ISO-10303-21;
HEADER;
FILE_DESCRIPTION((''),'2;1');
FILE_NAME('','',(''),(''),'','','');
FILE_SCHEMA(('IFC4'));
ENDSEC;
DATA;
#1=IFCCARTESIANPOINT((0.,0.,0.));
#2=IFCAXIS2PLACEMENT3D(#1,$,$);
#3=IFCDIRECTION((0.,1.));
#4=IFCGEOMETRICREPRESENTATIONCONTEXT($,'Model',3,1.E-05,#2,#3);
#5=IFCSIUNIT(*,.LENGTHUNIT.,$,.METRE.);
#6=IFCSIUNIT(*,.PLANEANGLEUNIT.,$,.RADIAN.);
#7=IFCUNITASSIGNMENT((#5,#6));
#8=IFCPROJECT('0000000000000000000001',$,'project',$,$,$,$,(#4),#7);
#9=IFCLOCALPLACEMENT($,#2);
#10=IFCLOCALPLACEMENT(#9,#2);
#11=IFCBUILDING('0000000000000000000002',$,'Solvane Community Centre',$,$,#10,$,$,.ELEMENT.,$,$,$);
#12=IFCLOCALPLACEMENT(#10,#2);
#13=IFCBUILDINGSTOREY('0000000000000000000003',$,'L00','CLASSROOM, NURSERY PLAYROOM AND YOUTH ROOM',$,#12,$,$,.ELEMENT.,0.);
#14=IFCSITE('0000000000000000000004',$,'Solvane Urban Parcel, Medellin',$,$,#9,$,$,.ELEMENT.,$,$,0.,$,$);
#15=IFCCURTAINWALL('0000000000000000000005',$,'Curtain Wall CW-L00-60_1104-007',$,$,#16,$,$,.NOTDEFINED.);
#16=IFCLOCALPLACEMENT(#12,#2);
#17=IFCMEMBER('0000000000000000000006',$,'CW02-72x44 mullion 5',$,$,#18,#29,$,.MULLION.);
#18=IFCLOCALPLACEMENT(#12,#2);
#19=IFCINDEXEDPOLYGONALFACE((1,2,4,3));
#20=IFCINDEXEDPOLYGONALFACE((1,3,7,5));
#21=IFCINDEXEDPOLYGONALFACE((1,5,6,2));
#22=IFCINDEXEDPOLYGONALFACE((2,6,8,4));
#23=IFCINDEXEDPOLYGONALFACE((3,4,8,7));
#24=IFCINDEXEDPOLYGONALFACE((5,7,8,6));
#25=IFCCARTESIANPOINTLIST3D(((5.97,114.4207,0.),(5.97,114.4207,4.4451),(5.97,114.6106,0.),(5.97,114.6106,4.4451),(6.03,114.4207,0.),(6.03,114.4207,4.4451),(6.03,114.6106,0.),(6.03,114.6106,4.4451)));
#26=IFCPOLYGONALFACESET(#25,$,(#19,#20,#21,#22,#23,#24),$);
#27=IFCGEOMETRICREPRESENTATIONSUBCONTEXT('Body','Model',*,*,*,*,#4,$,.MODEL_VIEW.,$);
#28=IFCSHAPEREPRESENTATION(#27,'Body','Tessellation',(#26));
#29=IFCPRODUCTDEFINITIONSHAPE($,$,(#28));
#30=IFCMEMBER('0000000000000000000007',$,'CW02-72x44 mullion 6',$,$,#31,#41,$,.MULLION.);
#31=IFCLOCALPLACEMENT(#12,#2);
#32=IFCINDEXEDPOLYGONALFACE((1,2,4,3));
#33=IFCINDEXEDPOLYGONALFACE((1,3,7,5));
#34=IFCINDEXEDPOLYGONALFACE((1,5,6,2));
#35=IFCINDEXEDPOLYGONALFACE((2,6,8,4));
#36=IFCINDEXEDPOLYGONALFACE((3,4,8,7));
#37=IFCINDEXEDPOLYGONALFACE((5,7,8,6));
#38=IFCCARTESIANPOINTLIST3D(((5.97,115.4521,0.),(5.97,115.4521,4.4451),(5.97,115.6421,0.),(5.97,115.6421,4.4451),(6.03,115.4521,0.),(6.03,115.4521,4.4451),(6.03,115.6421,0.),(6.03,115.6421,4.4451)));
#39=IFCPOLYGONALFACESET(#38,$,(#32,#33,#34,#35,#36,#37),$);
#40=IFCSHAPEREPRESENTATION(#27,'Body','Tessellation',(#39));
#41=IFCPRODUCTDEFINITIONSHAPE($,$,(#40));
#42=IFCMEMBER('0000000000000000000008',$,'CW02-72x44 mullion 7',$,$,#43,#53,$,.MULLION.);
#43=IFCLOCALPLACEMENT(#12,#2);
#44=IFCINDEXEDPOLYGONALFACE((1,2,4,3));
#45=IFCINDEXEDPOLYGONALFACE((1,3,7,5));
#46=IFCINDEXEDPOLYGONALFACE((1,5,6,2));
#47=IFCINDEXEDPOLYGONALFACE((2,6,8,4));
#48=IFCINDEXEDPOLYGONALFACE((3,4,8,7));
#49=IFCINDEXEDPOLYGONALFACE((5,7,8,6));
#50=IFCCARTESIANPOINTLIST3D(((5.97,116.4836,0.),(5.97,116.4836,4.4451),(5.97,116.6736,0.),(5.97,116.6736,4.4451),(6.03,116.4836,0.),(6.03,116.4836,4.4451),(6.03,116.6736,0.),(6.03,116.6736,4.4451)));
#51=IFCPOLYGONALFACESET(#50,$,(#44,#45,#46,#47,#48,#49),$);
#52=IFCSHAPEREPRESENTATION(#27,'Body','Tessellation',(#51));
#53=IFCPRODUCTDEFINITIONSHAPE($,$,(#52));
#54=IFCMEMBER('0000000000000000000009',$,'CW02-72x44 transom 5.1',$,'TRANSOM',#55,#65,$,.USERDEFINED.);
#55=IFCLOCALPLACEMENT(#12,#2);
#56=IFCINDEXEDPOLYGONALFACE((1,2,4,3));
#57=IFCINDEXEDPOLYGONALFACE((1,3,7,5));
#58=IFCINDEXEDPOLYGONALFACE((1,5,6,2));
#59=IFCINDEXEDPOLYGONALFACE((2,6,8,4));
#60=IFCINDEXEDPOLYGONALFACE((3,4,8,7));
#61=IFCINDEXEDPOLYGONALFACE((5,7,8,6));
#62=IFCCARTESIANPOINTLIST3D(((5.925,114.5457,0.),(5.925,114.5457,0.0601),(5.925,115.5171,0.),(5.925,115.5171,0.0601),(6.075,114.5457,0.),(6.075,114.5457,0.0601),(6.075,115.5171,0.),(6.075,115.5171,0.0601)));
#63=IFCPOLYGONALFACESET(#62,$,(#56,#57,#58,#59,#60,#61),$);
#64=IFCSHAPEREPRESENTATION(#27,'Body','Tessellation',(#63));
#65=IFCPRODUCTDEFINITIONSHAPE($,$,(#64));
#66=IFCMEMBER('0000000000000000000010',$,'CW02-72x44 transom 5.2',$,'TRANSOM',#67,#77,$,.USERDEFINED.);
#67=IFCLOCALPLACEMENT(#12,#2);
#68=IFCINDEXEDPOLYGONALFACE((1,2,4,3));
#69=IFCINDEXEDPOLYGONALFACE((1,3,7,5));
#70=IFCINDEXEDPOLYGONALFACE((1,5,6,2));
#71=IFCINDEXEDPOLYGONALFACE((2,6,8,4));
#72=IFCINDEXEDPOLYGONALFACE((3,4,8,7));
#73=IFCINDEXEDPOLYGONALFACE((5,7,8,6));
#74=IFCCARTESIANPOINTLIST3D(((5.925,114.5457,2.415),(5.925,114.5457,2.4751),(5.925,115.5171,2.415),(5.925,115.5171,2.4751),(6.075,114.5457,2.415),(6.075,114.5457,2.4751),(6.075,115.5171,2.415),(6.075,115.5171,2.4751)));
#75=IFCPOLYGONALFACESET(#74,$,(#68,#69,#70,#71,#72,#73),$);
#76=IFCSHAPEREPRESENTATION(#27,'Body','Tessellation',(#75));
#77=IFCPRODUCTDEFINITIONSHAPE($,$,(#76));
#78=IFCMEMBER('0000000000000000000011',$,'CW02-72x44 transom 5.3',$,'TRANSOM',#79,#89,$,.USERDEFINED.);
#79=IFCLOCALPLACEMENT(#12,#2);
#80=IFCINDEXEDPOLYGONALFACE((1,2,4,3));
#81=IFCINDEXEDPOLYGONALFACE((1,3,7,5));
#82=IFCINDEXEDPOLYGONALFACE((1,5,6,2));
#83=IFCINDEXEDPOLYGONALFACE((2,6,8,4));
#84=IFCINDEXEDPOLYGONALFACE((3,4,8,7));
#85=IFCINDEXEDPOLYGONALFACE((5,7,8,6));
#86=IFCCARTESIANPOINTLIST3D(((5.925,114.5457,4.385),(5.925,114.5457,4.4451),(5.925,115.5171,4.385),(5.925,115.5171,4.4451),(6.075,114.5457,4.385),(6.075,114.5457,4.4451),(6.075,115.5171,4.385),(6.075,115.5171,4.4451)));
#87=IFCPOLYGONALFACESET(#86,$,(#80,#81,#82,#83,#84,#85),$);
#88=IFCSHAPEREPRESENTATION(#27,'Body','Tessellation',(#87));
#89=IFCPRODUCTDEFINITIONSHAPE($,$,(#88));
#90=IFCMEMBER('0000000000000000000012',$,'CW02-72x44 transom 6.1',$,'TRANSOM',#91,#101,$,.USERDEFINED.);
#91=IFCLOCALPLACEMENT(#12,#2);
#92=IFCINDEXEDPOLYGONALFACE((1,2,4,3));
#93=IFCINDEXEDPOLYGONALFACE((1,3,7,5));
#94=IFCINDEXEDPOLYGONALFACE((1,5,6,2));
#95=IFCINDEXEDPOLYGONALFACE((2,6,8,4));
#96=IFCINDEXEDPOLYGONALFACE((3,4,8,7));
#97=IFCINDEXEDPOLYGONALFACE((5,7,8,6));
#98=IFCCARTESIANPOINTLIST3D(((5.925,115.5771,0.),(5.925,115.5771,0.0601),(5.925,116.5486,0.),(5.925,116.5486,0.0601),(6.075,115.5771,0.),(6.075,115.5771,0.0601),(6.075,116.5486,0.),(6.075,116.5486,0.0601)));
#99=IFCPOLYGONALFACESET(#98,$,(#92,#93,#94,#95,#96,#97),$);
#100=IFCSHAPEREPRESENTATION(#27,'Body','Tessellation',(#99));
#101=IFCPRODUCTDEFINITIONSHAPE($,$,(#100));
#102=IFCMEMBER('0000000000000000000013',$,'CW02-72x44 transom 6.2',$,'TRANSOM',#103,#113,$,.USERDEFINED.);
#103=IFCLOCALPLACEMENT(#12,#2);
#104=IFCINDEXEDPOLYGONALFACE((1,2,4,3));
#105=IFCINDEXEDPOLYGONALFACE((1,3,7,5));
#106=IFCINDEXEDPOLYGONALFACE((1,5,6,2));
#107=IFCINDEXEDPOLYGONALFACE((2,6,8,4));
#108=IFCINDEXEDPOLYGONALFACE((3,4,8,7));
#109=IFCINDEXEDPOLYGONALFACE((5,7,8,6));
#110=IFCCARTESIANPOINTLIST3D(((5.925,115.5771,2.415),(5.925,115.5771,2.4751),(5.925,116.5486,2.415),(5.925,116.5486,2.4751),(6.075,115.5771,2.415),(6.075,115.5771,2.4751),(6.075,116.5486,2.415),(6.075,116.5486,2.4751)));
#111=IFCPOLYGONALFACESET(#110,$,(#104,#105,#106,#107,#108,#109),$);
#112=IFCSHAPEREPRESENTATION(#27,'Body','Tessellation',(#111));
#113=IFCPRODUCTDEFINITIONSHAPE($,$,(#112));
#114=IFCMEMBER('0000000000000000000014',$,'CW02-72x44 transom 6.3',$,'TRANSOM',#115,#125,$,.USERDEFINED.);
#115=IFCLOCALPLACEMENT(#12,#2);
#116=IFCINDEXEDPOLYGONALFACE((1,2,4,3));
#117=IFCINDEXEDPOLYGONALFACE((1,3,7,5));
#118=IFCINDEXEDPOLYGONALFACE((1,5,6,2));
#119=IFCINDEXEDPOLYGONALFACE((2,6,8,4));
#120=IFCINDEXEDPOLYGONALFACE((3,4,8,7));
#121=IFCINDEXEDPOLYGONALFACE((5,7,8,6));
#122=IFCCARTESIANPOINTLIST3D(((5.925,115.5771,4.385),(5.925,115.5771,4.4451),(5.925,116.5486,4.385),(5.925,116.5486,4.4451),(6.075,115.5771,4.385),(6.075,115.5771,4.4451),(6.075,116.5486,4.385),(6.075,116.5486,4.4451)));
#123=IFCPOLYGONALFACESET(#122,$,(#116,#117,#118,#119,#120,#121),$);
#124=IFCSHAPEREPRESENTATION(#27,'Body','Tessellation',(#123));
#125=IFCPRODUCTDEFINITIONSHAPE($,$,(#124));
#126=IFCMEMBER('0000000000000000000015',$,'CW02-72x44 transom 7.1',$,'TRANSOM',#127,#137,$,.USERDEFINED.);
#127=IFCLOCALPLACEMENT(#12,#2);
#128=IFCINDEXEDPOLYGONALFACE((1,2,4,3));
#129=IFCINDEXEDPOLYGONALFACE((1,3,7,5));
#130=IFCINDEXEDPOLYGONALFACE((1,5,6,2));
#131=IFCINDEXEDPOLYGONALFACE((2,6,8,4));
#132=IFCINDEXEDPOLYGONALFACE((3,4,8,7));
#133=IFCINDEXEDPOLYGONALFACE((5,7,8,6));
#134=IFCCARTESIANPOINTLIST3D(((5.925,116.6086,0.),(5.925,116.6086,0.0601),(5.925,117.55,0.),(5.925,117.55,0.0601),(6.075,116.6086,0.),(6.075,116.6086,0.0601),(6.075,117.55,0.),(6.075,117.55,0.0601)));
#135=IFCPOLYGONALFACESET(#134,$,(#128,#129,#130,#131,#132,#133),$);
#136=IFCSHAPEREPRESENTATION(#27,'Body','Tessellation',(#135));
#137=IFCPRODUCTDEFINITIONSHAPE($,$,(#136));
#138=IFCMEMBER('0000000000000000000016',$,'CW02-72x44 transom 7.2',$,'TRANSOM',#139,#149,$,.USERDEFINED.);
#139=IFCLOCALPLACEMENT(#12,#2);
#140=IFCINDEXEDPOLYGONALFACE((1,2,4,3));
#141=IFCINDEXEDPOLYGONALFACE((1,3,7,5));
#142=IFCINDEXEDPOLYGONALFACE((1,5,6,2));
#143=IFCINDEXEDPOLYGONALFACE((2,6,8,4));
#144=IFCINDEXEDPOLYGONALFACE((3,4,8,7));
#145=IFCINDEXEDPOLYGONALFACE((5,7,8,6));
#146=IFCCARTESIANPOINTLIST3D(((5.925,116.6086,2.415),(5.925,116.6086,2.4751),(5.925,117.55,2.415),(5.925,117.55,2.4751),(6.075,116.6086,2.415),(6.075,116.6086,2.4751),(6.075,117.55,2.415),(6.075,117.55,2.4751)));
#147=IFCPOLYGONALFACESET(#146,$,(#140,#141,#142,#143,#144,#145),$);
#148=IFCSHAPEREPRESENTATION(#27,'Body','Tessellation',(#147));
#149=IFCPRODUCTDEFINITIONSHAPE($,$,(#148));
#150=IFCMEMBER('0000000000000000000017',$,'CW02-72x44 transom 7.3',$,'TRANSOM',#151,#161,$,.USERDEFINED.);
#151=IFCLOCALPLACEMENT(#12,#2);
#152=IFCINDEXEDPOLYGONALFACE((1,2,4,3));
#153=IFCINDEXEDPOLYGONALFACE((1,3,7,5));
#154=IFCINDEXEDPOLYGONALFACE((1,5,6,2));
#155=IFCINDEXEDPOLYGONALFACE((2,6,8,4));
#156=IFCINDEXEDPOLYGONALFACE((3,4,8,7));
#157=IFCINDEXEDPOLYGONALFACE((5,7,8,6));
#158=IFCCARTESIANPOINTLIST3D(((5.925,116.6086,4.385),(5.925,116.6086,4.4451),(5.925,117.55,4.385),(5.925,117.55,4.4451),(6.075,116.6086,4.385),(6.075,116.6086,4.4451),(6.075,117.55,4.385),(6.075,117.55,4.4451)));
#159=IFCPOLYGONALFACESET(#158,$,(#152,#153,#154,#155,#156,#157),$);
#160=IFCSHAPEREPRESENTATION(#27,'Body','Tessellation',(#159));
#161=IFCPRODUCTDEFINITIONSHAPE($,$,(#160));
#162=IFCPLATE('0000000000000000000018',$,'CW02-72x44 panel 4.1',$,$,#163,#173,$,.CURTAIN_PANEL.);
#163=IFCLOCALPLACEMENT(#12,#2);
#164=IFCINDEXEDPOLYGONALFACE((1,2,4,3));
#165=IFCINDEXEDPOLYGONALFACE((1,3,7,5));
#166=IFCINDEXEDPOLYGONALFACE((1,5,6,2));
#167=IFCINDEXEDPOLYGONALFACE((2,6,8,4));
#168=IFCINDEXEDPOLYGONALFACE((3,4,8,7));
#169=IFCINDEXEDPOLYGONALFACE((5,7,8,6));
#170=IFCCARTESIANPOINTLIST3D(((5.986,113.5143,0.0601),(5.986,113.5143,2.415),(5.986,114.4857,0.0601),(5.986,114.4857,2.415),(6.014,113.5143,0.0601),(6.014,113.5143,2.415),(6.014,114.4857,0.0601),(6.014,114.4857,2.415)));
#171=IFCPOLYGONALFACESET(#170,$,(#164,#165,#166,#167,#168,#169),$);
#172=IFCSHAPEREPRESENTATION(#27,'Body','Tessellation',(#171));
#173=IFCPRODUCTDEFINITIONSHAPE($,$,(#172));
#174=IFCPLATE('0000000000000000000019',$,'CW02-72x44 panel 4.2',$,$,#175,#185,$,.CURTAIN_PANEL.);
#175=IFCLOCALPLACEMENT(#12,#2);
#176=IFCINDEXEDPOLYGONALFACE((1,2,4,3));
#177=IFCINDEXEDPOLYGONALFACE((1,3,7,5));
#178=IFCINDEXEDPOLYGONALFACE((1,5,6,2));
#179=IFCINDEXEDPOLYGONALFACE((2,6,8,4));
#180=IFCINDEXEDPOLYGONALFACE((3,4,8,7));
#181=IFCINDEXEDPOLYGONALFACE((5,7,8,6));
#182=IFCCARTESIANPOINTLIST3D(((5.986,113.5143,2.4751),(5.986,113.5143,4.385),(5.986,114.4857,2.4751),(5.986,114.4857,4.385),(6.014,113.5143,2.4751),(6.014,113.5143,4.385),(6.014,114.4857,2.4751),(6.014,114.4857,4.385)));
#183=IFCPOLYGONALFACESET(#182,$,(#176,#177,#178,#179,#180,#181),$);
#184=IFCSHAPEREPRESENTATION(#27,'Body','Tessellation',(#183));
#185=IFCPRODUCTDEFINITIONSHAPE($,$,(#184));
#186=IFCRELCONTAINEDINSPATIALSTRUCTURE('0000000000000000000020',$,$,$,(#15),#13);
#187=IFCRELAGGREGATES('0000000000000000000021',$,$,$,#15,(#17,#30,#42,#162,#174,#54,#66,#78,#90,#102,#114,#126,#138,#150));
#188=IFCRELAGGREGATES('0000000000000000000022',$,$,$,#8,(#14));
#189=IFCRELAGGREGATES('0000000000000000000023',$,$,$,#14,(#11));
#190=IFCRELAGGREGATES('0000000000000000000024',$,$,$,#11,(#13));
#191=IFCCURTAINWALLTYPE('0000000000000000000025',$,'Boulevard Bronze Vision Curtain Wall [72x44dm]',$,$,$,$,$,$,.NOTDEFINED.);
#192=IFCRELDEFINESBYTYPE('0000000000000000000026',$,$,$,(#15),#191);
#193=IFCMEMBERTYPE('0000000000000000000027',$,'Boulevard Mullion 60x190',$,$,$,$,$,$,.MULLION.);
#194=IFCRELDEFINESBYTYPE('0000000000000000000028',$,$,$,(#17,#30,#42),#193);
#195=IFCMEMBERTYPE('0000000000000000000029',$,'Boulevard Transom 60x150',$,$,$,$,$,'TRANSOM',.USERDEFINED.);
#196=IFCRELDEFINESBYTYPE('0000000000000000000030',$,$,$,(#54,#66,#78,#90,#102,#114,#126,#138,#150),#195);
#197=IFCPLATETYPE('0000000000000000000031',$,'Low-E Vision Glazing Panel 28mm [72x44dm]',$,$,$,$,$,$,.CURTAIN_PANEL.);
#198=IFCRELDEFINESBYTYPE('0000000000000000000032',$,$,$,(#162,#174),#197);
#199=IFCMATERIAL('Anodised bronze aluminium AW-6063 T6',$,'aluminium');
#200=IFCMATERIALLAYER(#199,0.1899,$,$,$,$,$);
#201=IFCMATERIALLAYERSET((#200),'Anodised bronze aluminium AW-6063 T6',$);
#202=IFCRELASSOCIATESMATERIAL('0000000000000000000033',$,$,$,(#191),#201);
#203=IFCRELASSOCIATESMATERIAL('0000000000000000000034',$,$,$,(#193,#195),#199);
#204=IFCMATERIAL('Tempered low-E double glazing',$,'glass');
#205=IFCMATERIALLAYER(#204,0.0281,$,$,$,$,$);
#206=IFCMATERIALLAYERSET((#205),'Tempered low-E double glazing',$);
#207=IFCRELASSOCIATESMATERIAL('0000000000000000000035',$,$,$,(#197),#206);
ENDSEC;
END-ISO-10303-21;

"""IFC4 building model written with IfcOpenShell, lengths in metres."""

from ifc_helpers import new_model, si_unit, direction, frame, origin, origin_2d, place, context, subcontext, project, spatial, rectangle, extrude, material, layer, layer_set, material_profile, profile_set, type_object, element, aggregate, save


model = new_model("IFC4")

# Units and contexts
model_context = context("Model", 3, precision=1e-05, world=origin(), true_north=direction((0.0, 1.0)))
body_context = subcontext(model_context, "Body", "Model", "MODEL_VIEW")
ifc_project = project(units=[si_unit("LENGTHUNIT", "METRE"), si_unit("PLANEANGLEUNIT", "RADIAN")], contexts=[model_context])

# Site, building, storey
site_placement = place(None, origin())
site = spatial("IfcSite", under=ifc_project, at=site_placement, Name="Solvane Urban Parcel, Medellin", CompositionType="ELEMENT", RefElevation=0.0)
building_placement = place(site_placement, origin())
building = spatial("IfcBuilding", under=site, at=building_placement, Name="Solvane Community Centre", CompositionType="ELEMENT")
storey_placement = place(building_placement, origin())
storey = spatial("IfcBuildingStorey", under=building, at=storey_placement, Name="L00", Description="CLASSROOM, NURSERY PLAYROOM AND YOUTH ROOM", CompositionType="ELEMENT", Elevation=0.0)

# Curtain wall, members, plates
ifc_material_1 = material(Name="Anodised bronze aluminium AW-6063 T6", Category="aluminium")
ifc_layer_1 = layer(ifc_material_1, 0.1899)
ifc_layer_set_1 = layer_set([ifc_layer_1], Name="Anodised bronze aluminium AW-6063 T6")
curtain_wall_type = type_object("IfcCurtainWallType", Name="Boulevard Bronze Vision Curtain Wall [72x44dm]", PredefinedType="NOTDEFINED", material=ifc_layer_set_1)
curtain_wall_placement = place(storey_placement, origin())
curtain_wall = element("IfcCurtainWall", 1, at=curtain_wall_placement, inside=storey, type_object=curtain_wall_type, Name="Curtain Wall CW-L00-60_1104-007", PredefinedType="NOTDEFINED")
ifc_material_profile_1 = material_profile(ifc_material_1, rectangle(XDim=0.0601, YDim=0.1899, at=origin_2d()), Name="CW-M 60x190")
ifc_profile_set_1 = profile_set([ifc_material_profile_1], Name="Anodised bronze aluminium AW-6063 T6")
member_type_1 = type_object("IfcMemberType", Name="Boulevard Mullion 60x190", PredefinedType="MULLION", material=ifc_profile_set_1)
member_1_placement = place(storey_placement, frame((6.0, 114.5156, 0.0), z_axis=(0.0, 0.0, 1.0), x_axis=(-1.0, 0.0, 0.0)))
member_1 = element("IfcMember", 2, at=member_1_placement, type_object=member_type_1, Name="CW02-72x44 mullion 5", PredefinedType="MULLION", context=body_context, shape_type="SweptSolid", body=[
    extrude(rectangle(XDim=0.0601, YDim=0.1899, at=origin_2d()), origin(), (0.0, 0.0, 1.0), 4.4451),
])
member_2_placement = place(storey_placement, frame((6.0, 115.5471, 0.0), z_axis=(0.0, 0.0, 1.0), x_axis=(-1.0, 0.0, 0.0)))
member_2 = element("IfcMember", 3, at=member_2_placement, type_object=member_type_1, Name="CW02-72x44 mullion 6", PredefinedType="MULLION", context=body_context, shape_type="SweptSolid", body=[
    extrude(rectangle(XDim=0.0601, YDim=0.1899, at=origin_2d()), origin(), (0.0, 0.0, 1.0), 4.4451),
])
member_3_placement = place(storey_placement, frame((6.0, 116.5786, 0.0), z_axis=(0.0, 0.0, 1.0), x_axis=(-1.0, 0.0, 0.0)))
member_3 = element("IfcMember", 4, at=member_3_placement, type_object=member_type_1, Name="CW02-72x44 mullion 7", PredefinedType="MULLION", context=body_context, shape_type="SweptSolid", body=[
    extrude(rectangle(XDim=0.0601, YDim=0.1899, at=origin_2d()), origin(), (0.0, 0.0, 1.0), 4.4451),
])
ifc_material_profile_2 = material_profile(ifc_material_1, rectangle(XDim=0.1499, YDim=0.0601, at=origin_2d()), Name="CW-T 60x150")
ifc_profile_set_2 = profile_set([ifc_material_profile_2], Name="Anodised bronze aluminium AW-6063 T6")
member_type_2 = type_object("IfcMemberType", Name="Boulevard Transom 60x150", ElementType="TRANSOM", PredefinedType="USERDEFINED", material=ifc_profile_set_2)
member_4_placement = place(storey_placement, frame((6.0, 114.5457, 0.03), z_axis=(0.0, 1.0, 0.0), x_axis=(-1.0, 0.0, 0.0)))
member_4 = element("IfcMember", 5, at=member_4_placement, type_object=member_type_2, Name="CW02-72x44 transom 5.1", ObjectType="TRANSOM", PredefinedType="USERDEFINED", context=body_context, shape_type="SweptSolid", body=[
    extrude(rectangle(XDim=0.1499, YDim=0.0601, at=origin_2d()), origin(), (0.0, 0.0, 1.0), 0.9714),
])
member_5_placement = place(storey_placement, frame((6.0, 114.5457, 2.4451), z_axis=(0.0, 1.0, 0.0), x_axis=(-1.0, 0.0, 0.0)))
member_5 = element("IfcMember", 6, at=member_5_placement, type_object=member_type_2, Name="CW02-72x44 transom 5.2", ObjectType="TRANSOM", PredefinedType="USERDEFINED", context=body_context, shape_type="SweptSolid", body=[
    extrude(rectangle(XDim=0.1499, YDim=0.0601, at=origin_2d()), origin(), (0.0, 0.0, 1.0), 0.9714),
])
member_6_placement = place(storey_placement, frame((6.0, 114.5457, 4.415), z_axis=(0.0, 1.0, 0.0), x_axis=(-1.0, 0.0, 0.0)))
member_6 = element("IfcMember", 7, at=member_6_placement, type_object=member_type_2, Name="CW02-72x44 transom 5.3", ObjectType="TRANSOM", PredefinedType="USERDEFINED", context=body_context, shape_type="SweptSolid", body=[
    extrude(rectangle(XDim=0.1499, YDim=0.0601, at=origin_2d()), origin(), (0.0, 0.0, 1.0), 0.9714),
])
member_7_placement = place(storey_placement, frame((6.0, 115.5771, 0.03), z_axis=(0.0, 1.0, 0.0), x_axis=(-1.0, 0.0, 0.0)))
member_7 = element("IfcMember", 8, at=member_7_placement, type_object=member_type_2, Name="CW02-72x44 transom 6.1", ObjectType="TRANSOM", PredefinedType="USERDEFINED", context=body_context, shape_type="SweptSolid", body=[
    extrude(rectangle(XDim=0.1499, YDim=0.0601, at=origin_2d()), origin(), (0.0, 0.0, 1.0), 0.9714),
])
member_8_placement = place(storey_placement, frame((6.0, 115.5771, 2.4451), z_axis=(0.0, 1.0, 0.0), x_axis=(-1.0, 0.0, 0.0)))
member_8 = element("IfcMember", 9, at=member_8_placement, type_object=member_type_2, Name="CW02-72x44 transom 6.2", ObjectType="TRANSOM", PredefinedType="USERDEFINED", context=body_context, shape_type="SweptSolid", body=[
    extrude(rectangle(XDim=0.1499, YDim=0.0601, at=origin_2d()), origin(), (0.0, 0.0, 1.0), 0.9714),
])
member_9_placement = place(storey_placement, frame((6.0, 115.5771, 4.415), z_axis=(0.0, 1.0, 0.0), x_axis=(-1.0, 0.0, 0.0)))
member_9 = element("IfcMember", 10, at=member_9_placement, type_object=member_type_2, Name="CW02-72x44 transom 6.3", ObjectType="TRANSOM", PredefinedType="USERDEFINED", context=body_context, shape_type="SweptSolid", body=[
    extrude(rectangle(XDim=0.1499, YDim=0.0601, at=origin_2d()), origin(), (0.0, 0.0, 1.0), 0.9714),
])
member_10_placement = place(storey_placement, frame((6.0, 116.6086, 0.03), z_axis=(0.0, 1.0, 0.0), x_axis=(-1.0, 0.0, 0.0)))
member_10 = element("IfcMember", 11, at=member_10_placement, type_object=member_type_2, Name="CW02-72x44 transom 7.1", ObjectType="TRANSOM", PredefinedType="USERDEFINED", context=body_context, shape_type="SweptSolid", body=[
    extrude(rectangle(XDim=0.1499, YDim=0.0601, at=origin_2d()), origin(), (0.0, 0.0, 1.0), 0.9414),
])
member_11_placement = place(storey_placement, frame((6.0, 116.6086, 2.4451), z_axis=(0.0, 1.0, 0.0), x_axis=(-1.0, 0.0, 0.0)))
member_11 = element("IfcMember", 12, at=member_11_placement, type_object=member_type_2, Name="CW02-72x44 transom 7.2", ObjectType="TRANSOM", PredefinedType="USERDEFINED", context=body_context, shape_type="SweptSolid", body=[
    extrude(rectangle(XDim=0.1499, YDim=0.0601, at=origin_2d()), origin(), (0.0, 0.0, 1.0), 0.9414),
])
member_12_placement = place(storey_placement, frame((6.0, 116.6086, 4.415), z_axis=(0.0, 1.0, 0.0), x_axis=(-1.0, 0.0, 0.0)))
member_12 = element("IfcMember", 13, at=member_12_placement, type_object=member_type_2, Name="CW02-72x44 transom 7.3", ObjectType="TRANSOM", PredefinedType="USERDEFINED", context=body_context, shape_type="SweptSolid", body=[
    extrude(rectangle(XDim=0.1499, YDim=0.0601, at=origin_2d()), origin(), (0.0, 0.0, 1.0), 0.9414),
])
ifc_material_2 = material(Name="Tempered low-E double glazing", Category="glass")
ifc_layer_2 = layer(ifc_material_2, 0.0281)
ifc_layer_set_2 = layer_set([ifc_layer_2], Name="Tempered low-E double glazing")
plate_type = type_object("IfcPlateType", Name="Low-E Vision Glazing Panel 28mm [72x44dm]", PredefinedType="CURTAIN_PANEL", material=ifc_layer_set_2)
plate_1_placement = place(storey_placement, frame((6.0, 114.0, 0.0601), z_axis=(0.0, 0.0, 1.0), x_axis=(0.0, 1.0, 0.0)))
plate_1 = element("IfcPlate", 14, at=plate_1_placement, type_object=plate_type, Name="CW02-72x44 panel 4.1", PredefinedType="CURTAIN_PANEL", context=body_context, shape_type="SweptSolid", body=[
    extrude(rectangle(XDim=0.9714, YDim=0.0281, at=origin_2d()), origin(), (0.0, 0.0, 1.0), 2.355),
])
plate_2_placement = place(storey_placement, frame((6.0, 114.0, 2.4751), z_axis=(0.0, 0.0, 1.0), x_axis=(0.0, 1.0, 0.0)))
plate_2 = element("IfcPlate", 15, at=plate_2_placement, type_object=plate_type, Name="CW02-72x44 panel 4.2", PredefinedType="CURTAIN_PANEL", context=body_context, shape_type="SweptSolid", body=[
    extrude(rectangle(XDim=0.9714, YDim=0.0281, at=origin_2d()), origin(), (0.0, 0.0, 1.0), 1.9099),
])
aggregate(curtain_wall, [member_1, member_2, member_3, plate_1, plate_2, member_4, member_5, member_6, member_7, member_8, member_9, member_10, member_11, member_12])

save(model, "model.ifc")
